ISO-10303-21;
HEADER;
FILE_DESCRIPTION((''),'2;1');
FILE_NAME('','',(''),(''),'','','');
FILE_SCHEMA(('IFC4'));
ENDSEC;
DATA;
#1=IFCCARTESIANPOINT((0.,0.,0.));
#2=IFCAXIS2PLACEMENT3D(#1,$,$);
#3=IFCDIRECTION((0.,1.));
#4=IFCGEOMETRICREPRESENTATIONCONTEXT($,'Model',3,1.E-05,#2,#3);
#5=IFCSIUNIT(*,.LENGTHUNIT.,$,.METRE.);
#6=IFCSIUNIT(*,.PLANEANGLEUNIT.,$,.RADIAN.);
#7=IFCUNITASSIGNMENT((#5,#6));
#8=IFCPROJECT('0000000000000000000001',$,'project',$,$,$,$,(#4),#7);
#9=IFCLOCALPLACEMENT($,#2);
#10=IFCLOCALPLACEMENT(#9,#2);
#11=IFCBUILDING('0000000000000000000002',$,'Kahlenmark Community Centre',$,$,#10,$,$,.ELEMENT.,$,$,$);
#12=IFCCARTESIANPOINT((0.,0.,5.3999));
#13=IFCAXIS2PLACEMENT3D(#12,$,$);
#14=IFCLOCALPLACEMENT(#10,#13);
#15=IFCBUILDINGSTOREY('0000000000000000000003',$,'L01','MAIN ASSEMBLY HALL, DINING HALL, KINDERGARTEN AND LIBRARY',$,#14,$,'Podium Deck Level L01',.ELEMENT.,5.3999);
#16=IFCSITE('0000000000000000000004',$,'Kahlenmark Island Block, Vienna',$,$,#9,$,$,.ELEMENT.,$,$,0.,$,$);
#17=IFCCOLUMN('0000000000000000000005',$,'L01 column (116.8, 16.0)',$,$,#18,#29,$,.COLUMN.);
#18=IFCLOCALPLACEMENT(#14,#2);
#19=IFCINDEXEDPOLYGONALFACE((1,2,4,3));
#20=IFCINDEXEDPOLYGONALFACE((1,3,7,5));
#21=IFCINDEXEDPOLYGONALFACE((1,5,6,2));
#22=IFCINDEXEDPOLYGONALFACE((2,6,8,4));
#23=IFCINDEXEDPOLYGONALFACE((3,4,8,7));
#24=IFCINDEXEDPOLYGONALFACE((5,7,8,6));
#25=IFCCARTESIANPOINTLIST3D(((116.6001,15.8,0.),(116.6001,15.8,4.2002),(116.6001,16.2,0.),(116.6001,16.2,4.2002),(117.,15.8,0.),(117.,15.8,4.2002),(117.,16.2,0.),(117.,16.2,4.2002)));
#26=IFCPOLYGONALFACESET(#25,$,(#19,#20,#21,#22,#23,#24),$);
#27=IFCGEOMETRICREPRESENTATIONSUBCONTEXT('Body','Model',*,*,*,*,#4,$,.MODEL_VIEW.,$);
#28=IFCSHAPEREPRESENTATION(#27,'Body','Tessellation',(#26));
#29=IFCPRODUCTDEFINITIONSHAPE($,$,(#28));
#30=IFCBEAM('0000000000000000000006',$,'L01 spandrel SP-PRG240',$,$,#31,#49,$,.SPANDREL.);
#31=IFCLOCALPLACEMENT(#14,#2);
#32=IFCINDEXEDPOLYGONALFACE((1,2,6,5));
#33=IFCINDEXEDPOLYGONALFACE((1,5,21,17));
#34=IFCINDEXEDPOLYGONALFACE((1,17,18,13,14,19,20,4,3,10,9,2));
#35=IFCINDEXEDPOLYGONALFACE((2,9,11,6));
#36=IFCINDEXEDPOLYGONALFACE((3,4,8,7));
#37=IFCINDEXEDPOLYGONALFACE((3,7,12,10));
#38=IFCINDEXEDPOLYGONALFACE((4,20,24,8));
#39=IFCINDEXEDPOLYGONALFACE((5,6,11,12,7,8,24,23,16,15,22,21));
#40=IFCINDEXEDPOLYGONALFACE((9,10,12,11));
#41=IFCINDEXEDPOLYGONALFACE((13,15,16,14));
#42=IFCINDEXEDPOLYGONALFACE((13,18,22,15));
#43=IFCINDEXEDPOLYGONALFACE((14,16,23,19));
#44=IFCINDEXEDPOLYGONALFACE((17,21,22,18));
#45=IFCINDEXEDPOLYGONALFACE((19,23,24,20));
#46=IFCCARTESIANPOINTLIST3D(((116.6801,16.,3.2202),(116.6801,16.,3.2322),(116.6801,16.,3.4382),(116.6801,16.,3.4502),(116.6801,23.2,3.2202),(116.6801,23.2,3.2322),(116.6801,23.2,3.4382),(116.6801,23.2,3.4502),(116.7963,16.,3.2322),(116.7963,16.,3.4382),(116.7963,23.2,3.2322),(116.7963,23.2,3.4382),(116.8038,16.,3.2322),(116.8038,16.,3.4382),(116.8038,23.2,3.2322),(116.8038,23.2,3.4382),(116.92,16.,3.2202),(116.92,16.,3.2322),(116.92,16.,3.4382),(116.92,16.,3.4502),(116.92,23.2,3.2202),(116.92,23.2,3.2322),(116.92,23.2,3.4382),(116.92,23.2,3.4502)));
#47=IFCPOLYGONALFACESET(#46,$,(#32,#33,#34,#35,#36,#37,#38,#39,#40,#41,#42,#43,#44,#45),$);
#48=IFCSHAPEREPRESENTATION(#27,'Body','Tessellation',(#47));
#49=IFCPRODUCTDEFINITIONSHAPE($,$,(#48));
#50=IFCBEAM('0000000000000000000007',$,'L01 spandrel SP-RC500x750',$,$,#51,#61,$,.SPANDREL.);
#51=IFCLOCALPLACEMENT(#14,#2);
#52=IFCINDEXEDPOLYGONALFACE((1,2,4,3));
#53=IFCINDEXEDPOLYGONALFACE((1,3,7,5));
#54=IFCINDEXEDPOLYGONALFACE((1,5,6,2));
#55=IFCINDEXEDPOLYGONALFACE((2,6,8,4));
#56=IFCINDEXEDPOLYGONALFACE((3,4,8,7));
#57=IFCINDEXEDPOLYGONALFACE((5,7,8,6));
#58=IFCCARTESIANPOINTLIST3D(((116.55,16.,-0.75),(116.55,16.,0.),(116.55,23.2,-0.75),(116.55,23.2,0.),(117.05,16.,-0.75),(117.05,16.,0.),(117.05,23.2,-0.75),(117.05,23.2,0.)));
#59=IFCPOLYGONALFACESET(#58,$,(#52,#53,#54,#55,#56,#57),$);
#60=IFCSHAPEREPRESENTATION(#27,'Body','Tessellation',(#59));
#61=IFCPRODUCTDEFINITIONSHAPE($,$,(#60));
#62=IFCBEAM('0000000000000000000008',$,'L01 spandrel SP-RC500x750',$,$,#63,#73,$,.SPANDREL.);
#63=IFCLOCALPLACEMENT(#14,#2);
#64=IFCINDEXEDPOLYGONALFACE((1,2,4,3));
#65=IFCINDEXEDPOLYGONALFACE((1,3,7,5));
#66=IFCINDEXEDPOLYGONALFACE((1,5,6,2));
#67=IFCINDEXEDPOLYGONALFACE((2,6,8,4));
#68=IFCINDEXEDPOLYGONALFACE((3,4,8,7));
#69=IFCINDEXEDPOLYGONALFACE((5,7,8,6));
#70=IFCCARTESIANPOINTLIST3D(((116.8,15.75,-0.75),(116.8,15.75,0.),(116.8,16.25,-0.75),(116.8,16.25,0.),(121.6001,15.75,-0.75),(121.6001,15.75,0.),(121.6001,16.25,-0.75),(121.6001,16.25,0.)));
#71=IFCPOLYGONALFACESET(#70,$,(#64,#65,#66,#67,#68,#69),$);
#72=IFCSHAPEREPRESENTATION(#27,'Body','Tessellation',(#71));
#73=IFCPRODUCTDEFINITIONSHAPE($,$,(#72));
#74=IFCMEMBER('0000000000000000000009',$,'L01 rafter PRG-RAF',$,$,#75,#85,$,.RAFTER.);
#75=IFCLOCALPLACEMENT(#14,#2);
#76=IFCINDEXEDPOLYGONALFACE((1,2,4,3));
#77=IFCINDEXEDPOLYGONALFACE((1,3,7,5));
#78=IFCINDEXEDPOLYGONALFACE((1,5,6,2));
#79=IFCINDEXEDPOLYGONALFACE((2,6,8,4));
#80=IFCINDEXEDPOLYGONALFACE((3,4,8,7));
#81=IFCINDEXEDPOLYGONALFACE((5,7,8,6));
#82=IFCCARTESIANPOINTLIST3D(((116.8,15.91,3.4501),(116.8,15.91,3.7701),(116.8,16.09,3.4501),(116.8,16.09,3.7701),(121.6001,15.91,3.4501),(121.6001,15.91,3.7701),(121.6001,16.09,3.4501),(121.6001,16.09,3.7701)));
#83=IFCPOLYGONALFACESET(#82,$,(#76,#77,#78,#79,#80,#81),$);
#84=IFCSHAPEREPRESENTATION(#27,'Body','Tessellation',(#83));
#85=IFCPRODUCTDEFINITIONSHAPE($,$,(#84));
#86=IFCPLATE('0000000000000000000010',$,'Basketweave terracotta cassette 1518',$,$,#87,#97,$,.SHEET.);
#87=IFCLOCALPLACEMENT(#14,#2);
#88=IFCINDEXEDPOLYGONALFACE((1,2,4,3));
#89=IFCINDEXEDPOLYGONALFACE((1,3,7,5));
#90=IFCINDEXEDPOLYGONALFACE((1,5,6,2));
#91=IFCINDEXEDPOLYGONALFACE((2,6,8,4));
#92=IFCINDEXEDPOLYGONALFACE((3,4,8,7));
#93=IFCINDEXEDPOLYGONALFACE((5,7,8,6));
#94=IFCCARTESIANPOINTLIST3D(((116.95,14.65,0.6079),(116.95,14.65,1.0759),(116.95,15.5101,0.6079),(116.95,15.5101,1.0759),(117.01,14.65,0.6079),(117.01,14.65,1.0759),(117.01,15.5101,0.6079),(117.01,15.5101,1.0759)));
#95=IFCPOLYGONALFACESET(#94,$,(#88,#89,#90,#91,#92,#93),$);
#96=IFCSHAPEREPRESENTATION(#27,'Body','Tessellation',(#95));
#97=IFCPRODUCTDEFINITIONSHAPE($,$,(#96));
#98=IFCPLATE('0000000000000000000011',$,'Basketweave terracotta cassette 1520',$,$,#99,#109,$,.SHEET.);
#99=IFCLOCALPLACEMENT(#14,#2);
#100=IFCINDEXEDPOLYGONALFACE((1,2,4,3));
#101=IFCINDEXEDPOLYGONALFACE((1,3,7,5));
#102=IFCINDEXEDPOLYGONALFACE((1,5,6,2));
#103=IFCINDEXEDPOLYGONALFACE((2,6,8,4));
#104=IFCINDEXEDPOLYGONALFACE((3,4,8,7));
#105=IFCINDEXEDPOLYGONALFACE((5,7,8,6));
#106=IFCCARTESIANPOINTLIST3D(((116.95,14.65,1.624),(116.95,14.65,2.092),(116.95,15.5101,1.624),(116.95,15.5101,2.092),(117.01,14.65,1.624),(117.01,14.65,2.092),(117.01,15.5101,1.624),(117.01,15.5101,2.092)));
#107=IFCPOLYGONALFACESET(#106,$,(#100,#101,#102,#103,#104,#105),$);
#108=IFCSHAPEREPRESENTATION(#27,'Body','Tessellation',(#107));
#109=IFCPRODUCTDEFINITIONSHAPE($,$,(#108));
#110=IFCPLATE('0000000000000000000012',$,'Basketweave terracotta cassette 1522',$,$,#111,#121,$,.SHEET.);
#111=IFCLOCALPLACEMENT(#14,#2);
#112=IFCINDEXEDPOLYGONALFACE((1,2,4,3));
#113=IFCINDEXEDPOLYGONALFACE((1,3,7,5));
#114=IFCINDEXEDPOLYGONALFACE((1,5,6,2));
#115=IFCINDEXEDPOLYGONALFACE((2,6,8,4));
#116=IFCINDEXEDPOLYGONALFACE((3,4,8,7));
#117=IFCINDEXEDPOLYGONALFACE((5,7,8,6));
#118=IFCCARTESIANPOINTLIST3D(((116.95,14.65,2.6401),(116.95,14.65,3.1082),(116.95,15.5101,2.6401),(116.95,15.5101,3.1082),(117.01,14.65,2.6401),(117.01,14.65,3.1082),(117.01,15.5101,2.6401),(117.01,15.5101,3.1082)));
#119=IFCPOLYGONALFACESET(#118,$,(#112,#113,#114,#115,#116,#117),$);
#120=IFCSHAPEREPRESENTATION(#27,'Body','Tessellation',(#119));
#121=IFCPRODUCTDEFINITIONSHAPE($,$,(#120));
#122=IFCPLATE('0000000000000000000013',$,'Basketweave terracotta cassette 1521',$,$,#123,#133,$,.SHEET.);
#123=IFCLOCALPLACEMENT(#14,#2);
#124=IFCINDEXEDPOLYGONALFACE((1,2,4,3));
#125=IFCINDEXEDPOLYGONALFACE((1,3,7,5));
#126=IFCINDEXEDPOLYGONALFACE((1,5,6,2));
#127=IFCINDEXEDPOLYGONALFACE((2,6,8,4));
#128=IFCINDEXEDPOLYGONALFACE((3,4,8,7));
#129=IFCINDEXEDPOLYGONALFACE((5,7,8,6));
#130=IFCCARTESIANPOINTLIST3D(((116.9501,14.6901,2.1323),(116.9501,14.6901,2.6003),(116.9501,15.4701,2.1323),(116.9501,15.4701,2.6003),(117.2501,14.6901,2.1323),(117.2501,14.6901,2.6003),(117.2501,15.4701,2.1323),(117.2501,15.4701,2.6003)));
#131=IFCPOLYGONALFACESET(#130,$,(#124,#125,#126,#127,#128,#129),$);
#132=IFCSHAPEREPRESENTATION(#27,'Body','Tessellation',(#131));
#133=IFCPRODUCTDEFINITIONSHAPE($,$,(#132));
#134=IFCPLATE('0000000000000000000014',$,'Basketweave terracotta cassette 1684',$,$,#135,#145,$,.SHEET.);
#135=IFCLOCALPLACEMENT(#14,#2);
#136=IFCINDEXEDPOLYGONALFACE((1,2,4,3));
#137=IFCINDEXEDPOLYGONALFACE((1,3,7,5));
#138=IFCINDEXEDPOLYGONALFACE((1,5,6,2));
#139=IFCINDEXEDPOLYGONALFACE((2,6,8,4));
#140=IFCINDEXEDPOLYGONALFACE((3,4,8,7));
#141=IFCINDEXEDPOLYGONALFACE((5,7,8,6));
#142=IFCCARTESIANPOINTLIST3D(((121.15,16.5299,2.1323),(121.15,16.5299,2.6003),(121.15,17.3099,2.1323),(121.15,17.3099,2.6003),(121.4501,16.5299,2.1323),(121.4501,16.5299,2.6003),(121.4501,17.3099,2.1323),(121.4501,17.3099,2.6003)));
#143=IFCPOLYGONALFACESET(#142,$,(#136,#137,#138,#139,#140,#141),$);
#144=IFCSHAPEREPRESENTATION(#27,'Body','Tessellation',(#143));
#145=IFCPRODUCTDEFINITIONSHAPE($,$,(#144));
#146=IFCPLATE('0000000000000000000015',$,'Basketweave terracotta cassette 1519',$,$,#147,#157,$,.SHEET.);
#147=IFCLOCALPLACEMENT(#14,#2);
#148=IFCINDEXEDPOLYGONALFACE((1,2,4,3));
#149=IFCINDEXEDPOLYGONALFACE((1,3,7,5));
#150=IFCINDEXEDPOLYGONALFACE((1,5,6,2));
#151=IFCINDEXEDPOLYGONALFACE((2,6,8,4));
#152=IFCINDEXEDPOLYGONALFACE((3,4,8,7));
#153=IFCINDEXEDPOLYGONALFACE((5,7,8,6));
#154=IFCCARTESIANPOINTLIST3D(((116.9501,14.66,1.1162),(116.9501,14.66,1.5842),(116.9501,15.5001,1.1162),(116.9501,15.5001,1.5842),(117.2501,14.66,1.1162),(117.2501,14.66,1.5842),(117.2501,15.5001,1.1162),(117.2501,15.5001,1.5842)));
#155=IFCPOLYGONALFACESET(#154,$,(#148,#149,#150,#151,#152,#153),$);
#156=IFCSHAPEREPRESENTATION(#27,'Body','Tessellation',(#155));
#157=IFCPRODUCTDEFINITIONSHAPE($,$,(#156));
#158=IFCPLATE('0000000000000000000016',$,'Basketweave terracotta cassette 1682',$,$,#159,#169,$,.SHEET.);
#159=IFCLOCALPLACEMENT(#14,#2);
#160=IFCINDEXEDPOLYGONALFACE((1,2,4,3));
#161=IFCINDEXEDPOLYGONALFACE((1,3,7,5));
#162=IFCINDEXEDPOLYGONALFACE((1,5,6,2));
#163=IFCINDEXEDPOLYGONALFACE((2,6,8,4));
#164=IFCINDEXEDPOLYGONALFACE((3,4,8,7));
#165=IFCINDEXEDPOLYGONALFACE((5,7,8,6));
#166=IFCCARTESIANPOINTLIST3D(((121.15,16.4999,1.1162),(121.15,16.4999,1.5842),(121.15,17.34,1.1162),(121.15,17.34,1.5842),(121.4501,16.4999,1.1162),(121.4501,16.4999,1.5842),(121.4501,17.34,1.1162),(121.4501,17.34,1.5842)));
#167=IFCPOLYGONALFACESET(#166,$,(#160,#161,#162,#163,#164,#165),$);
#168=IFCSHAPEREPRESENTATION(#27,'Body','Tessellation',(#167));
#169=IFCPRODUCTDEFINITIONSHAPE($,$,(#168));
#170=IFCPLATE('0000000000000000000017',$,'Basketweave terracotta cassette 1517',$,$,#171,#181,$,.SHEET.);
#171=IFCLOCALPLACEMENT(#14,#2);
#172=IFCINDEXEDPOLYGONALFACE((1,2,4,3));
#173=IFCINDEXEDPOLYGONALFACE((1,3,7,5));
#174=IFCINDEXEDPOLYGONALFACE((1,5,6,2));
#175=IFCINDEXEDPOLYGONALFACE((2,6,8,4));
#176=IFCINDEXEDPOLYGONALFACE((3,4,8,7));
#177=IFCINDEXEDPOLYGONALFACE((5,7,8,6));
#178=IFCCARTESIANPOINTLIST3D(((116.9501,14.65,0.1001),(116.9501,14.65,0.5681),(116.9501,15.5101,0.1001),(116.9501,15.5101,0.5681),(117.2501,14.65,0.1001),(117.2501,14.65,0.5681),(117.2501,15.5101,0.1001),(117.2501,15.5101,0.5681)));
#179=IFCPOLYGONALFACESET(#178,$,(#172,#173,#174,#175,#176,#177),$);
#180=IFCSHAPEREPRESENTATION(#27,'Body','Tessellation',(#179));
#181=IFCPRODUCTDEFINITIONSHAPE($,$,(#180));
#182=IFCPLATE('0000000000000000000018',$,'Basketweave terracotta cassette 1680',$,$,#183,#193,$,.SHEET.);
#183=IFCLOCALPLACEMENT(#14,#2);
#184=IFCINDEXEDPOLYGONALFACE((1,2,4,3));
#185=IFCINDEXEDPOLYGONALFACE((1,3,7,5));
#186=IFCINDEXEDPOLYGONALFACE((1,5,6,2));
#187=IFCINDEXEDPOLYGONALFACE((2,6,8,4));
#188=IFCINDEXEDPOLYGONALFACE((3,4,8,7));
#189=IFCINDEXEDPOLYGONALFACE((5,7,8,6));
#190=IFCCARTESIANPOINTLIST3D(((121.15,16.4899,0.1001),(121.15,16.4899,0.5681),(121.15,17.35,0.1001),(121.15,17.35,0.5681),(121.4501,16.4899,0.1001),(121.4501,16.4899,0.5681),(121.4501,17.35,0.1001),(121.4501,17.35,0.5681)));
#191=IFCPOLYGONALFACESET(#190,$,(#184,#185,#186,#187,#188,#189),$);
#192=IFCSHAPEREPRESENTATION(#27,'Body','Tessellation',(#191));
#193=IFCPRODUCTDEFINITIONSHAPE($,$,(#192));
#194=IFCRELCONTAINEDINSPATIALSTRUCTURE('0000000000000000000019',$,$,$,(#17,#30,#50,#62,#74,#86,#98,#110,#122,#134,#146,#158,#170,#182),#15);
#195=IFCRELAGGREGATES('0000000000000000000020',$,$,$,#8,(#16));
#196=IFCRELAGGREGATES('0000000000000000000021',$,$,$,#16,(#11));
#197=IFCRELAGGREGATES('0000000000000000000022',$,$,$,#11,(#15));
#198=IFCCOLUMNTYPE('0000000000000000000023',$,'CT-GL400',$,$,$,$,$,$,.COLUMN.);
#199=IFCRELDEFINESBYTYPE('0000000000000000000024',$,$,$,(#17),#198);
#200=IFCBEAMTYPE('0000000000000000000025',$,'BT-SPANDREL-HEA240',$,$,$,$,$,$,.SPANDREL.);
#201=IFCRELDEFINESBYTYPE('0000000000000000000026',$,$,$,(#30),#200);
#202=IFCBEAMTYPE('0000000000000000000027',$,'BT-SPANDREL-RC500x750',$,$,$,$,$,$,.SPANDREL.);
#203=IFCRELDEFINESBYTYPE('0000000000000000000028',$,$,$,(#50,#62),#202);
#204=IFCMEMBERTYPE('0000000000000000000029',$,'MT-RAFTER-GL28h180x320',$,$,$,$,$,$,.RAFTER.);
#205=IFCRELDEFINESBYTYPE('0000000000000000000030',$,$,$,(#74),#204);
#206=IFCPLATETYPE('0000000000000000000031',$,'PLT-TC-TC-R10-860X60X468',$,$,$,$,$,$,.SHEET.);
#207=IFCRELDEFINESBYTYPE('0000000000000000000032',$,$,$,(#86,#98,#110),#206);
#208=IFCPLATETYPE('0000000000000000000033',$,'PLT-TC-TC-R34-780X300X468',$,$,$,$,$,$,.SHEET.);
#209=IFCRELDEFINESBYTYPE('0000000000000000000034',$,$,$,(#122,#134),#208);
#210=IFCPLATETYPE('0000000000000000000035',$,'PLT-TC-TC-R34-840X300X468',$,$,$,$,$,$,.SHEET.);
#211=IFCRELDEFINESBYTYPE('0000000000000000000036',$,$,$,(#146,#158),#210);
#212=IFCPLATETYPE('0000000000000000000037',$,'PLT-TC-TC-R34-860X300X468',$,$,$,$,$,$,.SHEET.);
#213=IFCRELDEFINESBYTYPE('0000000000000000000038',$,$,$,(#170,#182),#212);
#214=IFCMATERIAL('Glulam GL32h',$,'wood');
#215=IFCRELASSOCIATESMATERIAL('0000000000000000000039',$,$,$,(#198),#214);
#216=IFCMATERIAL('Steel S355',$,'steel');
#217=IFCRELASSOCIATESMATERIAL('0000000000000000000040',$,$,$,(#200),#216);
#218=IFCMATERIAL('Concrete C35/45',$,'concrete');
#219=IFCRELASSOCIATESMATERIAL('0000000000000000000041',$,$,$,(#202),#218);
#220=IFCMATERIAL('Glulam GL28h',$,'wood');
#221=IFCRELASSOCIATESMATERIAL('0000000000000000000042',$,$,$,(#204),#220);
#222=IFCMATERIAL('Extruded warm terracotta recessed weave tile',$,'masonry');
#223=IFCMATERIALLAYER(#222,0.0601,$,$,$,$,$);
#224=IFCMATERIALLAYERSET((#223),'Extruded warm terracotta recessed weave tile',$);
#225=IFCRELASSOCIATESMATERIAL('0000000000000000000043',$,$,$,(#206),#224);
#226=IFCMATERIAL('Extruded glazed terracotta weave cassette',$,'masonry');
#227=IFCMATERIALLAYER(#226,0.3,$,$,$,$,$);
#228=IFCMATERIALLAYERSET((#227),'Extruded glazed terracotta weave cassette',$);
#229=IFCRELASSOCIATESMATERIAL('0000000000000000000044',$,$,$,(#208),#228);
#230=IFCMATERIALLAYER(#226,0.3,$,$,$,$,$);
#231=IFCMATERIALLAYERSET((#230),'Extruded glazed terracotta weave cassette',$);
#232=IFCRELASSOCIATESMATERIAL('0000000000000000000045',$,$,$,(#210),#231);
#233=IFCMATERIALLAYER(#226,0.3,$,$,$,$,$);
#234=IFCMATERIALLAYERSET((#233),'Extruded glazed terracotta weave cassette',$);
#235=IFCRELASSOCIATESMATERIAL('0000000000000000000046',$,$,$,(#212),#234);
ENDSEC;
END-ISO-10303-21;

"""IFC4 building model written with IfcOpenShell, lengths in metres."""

from ifc_helpers import new_model, si_unit, direction, frame, origin, origin_2d, place, context, subcontext, project, spatial, rectangle, i_section, extrude, material, layer, layer_set, material_profile, profile_set, type_object, element, save


model = new_model("IFC4")

# Units and contexts
model_context = context("Model", 3, precision=1e-05, world=origin(), true_north=direction((0.0, 1.0)))
body_context = subcontext(model_context, "Body", "Model", "MODEL_VIEW")
ifc_project = project(units=[si_unit("LENGTHUNIT", "METRE"), si_unit("PLANEANGLEUNIT", "RADIAN")], contexts=[model_context])

# Site, building, storey
site_placement = place(None, origin())
site = spatial("IfcSite", under=ifc_project, at=site_placement, Name="Kahlenmark Island Block, Vienna", CompositionType="ELEMENT", RefElevation=0.0)
building_placement = place(site_placement, origin())
building = spatial("IfcBuilding", under=site, at=building_placement, Name="Kahlenmark Community Centre", CompositionType="ELEMENT")
storey_placement = place(building_placement, frame((0.0, 0.0, 5.3999)))
storey = spatial("IfcBuildingStorey", under=building, at=storey_placement, Name="L01", Description="MAIN ASSEMBLY HALL, DINING HALL, KINDERGARTEN AND LIBRARY", LongName="Podium Deck Level L01", CompositionType="ELEMENT", Elevation=5.3999)

# Column
ifc_material_1 = material(Name="Glulam GL32h", Category="wood")
ifc_material_profile_1 = material_profile(ifc_material_1, rectangle(XDim=0.3999, YDim=0.3999, at=origin_2d()), Name="GL32h 400x400")
ifc_profile_set_1 = profile_set([ifc_material_profile_1], Name="Glulam GL32h")
column_type = type_object("IfcColumnType", Name="CT-GL400", PredefinedType="COLUMN", material=ifc_profile_set_1)
column_placement = place(storey_placement, frame((116.8, 16.0, 0.0), z_axis=(0.0, 0.0, 1.0), x_axis=(1.0, 0.0, 0.0)))
element("IfcColumn", 1, at=column_placement, inside=storey, type_object=column_type, Name="L01 column (116.8, 16.0)", PredefinedType="COLUMN", context=body_context, shape_type="SweptSolid", body=[
    extrude(rectangle(XDim=0.3999, YDim=0.3999, at=origin_2d()), origin(), (0.0, 0.0, 1.0), 4.2002),
])

# Beams
ifc_material_2 = material(Name="Steel S355", Category="steel")
ifc_material_profile_2 = material_profile(ifc_material_2, i_section(OverallWidth=0.24, OverallDepth=0.23, WebThickness=0.0076, FlangeThickness=0.012, at=origin_2d()), Name="HEA 240")
ifc_profile_set_2 = profile_set([ifc_material_profile_2], Name="Steel S355")
beam_type_1 = type_object("IfcBeamType", Name="BT-SPANDREL-HEA240", PredefinedType="SPANDREL", material=ifc_profile_set_2)
beam_1_placement = place(storey_placement, frame((116.8, 16.0, 3.3352), z_axis=(0.0, 1.0, 0.0), x_axis=(-1.0, 0.0, 0.0)))
element("IfcBeam", 2, at=beam_1_placement, inside=storey, type_object=beam_type_1, Name="L01 spandrel SP-PRG240", PredefinedType="SPANDREL", context=body_context, shape_type="SweptSolid", body=[
    extrude(i_section(OverallWidth=0.24, OverallDepth=0.23, WebThickness=0.0076, FlangeThickness=0.012, at=origin_2d()), origin(), (0.0, 0.0, 1.0), 7.2),
])
ifc_material_3 = material(Name="Concrete C35/45", Category="concrete")
ifc_material_profile_3 = material_profile(ifc_material_3, rectangle(XDim=0.5, YDim=0.75, at=origin_2d()), Name="RC 500x750")
ifc_profile_set_3 = profile_set([ifc_material_profile_3], Name="Concrete C35/45")
beam_type_2 = type_object("IfcBeamType", Name="BT-SPANDREL-RC500x750", PredefinedType="SPANDREL", material=ifc_profile_set_3)
beam_2_placement = place(storey_placement, frame((116.8, 16.0, -0.375), z_axis=(0.0, 1.0, 0.0), x_axis=(-1.0, 0.0, 0.0)))
element("IfcBeam", 3, at=beam_2_placement, inside=storey, type_object=beam_type_2, Name="L01 spandrel SP-RC500x750", PredefinedType="SPANDREL", context=body_context, shape_type="SweptSolid", body=[
    extrude(rectangle(XDim=0.5, YDim=0.75, at=origin_2d()), origin(), (0.0, 0.0, 1.0), 7.2),
])
beam_3_placement = place(storey_placement, frame((116.8, 16.0, -0.375), z_axis=(1.0, 0.0, 0.0), x_axis=(0.0, 1.0, 0.0)))
element("IfcBeam", 4, at=beam_3_placement, inside=storey, type_object=beam_type_2, Name="L01 spandrel SP-RC500x750", PredefinedType="SPANDREL", context=body_context, shape_type="SweptSolid", body=[
    extrude(rectangle(XDim=0.5, YDim=0.75, at=origin_2d()), origin(), (0.0, 0.0, 1.0), 4.8),
])

# Member
ifc_material_4 = material(Name="Glulam GL28h", Category="wood")
ifc_material_profile_4 = material_profile(ifc_material_4, rectangle(XDim=0.1799, YDim=0.3201, at=origin_2d()), Name="GL28h 180x320")
ifc_profile_set_4 = profile_set([ifc_material_profile_4], Name="Glulam GL28h")
member_type = type_object("IfcMemberType", Name="MT-RAFTER-GL28h180x320", PredefinedType="RAFTER", material=ifc_profile_set_4)
member_placement = place(storey_placement, frame((116.8, 16.0, 3.6101), z_axis=(1.0, 0.0, 0.0), x_axis=(0.0, 1.0, 0.0)))
element("IfcMember", 5, at=member_placement, inside=storey, type_object=member_type, Name="L01 rafter PRG-RAF", PredefinedType="RAFTER", context=body_context, shape_type="SweptSolid", body=[
    extrude(rectangle(XDim=0.1799, YDim=0.3201, at=origin_2d()), origin(), (0.0, 0.0, 1.0), 4.8),
])

# Plates
ifc_material_5 = material(Name="Extruded warm terracotta recessed weave tile", Category="masonry")
ifc_layer_1 = layer(ifc_material_5, 0.0601)
ifc_layer_set_1 = layer_set([ifc_layer_1], Name="Extruded warm terracotta recessed weave tile")
plate_type_1 = type_object("IfcPlateType", Name="PLT-TC-TC-R10-860X60X468", PredefinedType="SHEET", material=ifc_layer_set_1)
for number, where, z_axis, x_axis, name in (
    (6, (116.98, 15.0801, 0.6079), (0.0, 0.0, 1.0), (0.0, 1.0, 0.0), "Basketweave terracotta cassette 1518"),
    (7, (116.98, 15.0801, 1.624), (0.0, 0.0, 1.0), (0.0, 1.0, 0.0), "Basketweave terracotta cassette 1520"),
    (8, (116.98, 15.0801, 2.6401), (0.0, 0.0, 1.0), (0.0, 1.0, 0.0), "Basketweave terracotta cassette 1522"),
):
    element("IfcPlate", number, at=place(storey_placement, frame(where, z_axis=z_axis, x_axis=x_axis)), inside=storey, type_object=plate_type_1, Name=name, PredefinedType="SHEET", context=body_context, shape_type="SweptSolid", body=[
        extrude(rectangle(XDim=0.8601, YDim=0.0601, at=origin_2d()), origin(), (0.0, 0.0, 1.0), 0.468),
    ])
ifc_material_6 = material(Name="Extruded glazed terracotta weave cassette", Category="masonry")
ifc_layer_2 = layer(ifc_material_6, 0.3)
ifc_layer_set_2 = layer_set([ifc_layer_2], Name="Extruded glazed terracotta weave cassette")
plate_type_2 = type_object("IfcPlateType", Name="PLT-TC-TC-R34-780X300X468", PredefinedType="SHEET", material=ifc_layer_set_2)
for number, where, z_axis, x_axis, name in (
    (9, (117.1001, 15.0801, 2.1323), (0.0, 0.0, 1.0), (0.0, 1.0, 0.0), "Basketweave terracotta cassette 1521"),
    (10, (121.3, 16.9199, 2.1323), (0.0, 0.0, 1.0), (0.0, -1.0, 0.0), "Basketweave terracotta cassette 1684"),
):
    element("IfcPlate", number, at=place(storey_placement, frame(where, z_axis=z_axis, x_axis=x_axis)), inside=storey, type_object=plate_type_2, Name=name, PredefinedType="SHEET", context=body_context, shape_type="SweptSolid", body=[
        extrude(rectangle(XDim=0.78, YDim=0.3, at=origin_2d()), origin(), (0.0, 0.0, 1.0), 0.468),
    ])
ifc_layer_3 = layer(ifc_material_6, 0.3)
ifc_layer_set_3 = layer_set([ifc_layer_3], Name="Extruded glazed terracotta weave cassette")
plate_type_3 = type_object("IfcPlateType", Name="PLT-TC-TC-R34-840X300X468", PredefinedType="SHEET", material=ifc_layer_set_3)
for number, where, z_axis, x_axis, name in (
    (11, (117.1001, 15.0801, 1.1162), (0.0, 0.0, 1.0), (0.0, 1.0, 0.0), "Basketweave terracotta cassette 1519"),
    (12, (121.3, 16.9199, 1.1162), (0.0, 0.0, 1.0), (0.0, -1.0, 0.0), "Basketweave terracotta cassette 1682"),
):
    element("IfcPlate", number, at=place(storey_placement, frame(where, z_axis=z_axis, x_axis=x_axis)), inside=storey, type_object=plate_type_3, Name=name, PredefinedType="SHEET", context=body_context, shape_type="SweptSolid", body=[
        extrude(rectangle(XDim=0.8401, YDim=0.3, at=origin_2d()), origin(), (0.0, 0.0, 1.0), 0.468),
    ])
ifc_layer_4 = layer(ifc_material_6, 0.3)
ifc_layer_set_4 = layer_set([ifc_layer_4], Name="Extruded glazed terracotta weave cassette")
plate_type_4 = type_object("IfcPlateType", Name="PLT-TC-TC-R34-860X300X468", PredefinedType="SHEET", material=ifc_layer_set_4)
for number, where, z_axis, x_axis, name in (
    (13, (117.1001, 15.0801, 0.1001), (0.0, 0.0, 1.0), (0.0, 1.0, 0.0), "Basketweave terracotta cassette 1517"),
    (14, (121.3, 16.9199, 0.1001), (0.0, 0.0, 1.0), (0.0, -1.0, 0.0), "Basketweave terracotta cassette 1680"),
):
    element("IfcPlate", number, at=place(storey_placement, frame(where, z_axis=z_axis, x_axis=x_axis)), inside=storey, type_object=plate_type_4, Name=name, PredefinedType="SHEET", context=body_context, shape_type="SweptSolid", body=[
        extrude(rectangle(XDim=0.8601, YDim=0.3, at=origin_2d()), origin(), (0.0, 0.0, 1.0), 0.468),
    ])

save(model, "model.ifc")
